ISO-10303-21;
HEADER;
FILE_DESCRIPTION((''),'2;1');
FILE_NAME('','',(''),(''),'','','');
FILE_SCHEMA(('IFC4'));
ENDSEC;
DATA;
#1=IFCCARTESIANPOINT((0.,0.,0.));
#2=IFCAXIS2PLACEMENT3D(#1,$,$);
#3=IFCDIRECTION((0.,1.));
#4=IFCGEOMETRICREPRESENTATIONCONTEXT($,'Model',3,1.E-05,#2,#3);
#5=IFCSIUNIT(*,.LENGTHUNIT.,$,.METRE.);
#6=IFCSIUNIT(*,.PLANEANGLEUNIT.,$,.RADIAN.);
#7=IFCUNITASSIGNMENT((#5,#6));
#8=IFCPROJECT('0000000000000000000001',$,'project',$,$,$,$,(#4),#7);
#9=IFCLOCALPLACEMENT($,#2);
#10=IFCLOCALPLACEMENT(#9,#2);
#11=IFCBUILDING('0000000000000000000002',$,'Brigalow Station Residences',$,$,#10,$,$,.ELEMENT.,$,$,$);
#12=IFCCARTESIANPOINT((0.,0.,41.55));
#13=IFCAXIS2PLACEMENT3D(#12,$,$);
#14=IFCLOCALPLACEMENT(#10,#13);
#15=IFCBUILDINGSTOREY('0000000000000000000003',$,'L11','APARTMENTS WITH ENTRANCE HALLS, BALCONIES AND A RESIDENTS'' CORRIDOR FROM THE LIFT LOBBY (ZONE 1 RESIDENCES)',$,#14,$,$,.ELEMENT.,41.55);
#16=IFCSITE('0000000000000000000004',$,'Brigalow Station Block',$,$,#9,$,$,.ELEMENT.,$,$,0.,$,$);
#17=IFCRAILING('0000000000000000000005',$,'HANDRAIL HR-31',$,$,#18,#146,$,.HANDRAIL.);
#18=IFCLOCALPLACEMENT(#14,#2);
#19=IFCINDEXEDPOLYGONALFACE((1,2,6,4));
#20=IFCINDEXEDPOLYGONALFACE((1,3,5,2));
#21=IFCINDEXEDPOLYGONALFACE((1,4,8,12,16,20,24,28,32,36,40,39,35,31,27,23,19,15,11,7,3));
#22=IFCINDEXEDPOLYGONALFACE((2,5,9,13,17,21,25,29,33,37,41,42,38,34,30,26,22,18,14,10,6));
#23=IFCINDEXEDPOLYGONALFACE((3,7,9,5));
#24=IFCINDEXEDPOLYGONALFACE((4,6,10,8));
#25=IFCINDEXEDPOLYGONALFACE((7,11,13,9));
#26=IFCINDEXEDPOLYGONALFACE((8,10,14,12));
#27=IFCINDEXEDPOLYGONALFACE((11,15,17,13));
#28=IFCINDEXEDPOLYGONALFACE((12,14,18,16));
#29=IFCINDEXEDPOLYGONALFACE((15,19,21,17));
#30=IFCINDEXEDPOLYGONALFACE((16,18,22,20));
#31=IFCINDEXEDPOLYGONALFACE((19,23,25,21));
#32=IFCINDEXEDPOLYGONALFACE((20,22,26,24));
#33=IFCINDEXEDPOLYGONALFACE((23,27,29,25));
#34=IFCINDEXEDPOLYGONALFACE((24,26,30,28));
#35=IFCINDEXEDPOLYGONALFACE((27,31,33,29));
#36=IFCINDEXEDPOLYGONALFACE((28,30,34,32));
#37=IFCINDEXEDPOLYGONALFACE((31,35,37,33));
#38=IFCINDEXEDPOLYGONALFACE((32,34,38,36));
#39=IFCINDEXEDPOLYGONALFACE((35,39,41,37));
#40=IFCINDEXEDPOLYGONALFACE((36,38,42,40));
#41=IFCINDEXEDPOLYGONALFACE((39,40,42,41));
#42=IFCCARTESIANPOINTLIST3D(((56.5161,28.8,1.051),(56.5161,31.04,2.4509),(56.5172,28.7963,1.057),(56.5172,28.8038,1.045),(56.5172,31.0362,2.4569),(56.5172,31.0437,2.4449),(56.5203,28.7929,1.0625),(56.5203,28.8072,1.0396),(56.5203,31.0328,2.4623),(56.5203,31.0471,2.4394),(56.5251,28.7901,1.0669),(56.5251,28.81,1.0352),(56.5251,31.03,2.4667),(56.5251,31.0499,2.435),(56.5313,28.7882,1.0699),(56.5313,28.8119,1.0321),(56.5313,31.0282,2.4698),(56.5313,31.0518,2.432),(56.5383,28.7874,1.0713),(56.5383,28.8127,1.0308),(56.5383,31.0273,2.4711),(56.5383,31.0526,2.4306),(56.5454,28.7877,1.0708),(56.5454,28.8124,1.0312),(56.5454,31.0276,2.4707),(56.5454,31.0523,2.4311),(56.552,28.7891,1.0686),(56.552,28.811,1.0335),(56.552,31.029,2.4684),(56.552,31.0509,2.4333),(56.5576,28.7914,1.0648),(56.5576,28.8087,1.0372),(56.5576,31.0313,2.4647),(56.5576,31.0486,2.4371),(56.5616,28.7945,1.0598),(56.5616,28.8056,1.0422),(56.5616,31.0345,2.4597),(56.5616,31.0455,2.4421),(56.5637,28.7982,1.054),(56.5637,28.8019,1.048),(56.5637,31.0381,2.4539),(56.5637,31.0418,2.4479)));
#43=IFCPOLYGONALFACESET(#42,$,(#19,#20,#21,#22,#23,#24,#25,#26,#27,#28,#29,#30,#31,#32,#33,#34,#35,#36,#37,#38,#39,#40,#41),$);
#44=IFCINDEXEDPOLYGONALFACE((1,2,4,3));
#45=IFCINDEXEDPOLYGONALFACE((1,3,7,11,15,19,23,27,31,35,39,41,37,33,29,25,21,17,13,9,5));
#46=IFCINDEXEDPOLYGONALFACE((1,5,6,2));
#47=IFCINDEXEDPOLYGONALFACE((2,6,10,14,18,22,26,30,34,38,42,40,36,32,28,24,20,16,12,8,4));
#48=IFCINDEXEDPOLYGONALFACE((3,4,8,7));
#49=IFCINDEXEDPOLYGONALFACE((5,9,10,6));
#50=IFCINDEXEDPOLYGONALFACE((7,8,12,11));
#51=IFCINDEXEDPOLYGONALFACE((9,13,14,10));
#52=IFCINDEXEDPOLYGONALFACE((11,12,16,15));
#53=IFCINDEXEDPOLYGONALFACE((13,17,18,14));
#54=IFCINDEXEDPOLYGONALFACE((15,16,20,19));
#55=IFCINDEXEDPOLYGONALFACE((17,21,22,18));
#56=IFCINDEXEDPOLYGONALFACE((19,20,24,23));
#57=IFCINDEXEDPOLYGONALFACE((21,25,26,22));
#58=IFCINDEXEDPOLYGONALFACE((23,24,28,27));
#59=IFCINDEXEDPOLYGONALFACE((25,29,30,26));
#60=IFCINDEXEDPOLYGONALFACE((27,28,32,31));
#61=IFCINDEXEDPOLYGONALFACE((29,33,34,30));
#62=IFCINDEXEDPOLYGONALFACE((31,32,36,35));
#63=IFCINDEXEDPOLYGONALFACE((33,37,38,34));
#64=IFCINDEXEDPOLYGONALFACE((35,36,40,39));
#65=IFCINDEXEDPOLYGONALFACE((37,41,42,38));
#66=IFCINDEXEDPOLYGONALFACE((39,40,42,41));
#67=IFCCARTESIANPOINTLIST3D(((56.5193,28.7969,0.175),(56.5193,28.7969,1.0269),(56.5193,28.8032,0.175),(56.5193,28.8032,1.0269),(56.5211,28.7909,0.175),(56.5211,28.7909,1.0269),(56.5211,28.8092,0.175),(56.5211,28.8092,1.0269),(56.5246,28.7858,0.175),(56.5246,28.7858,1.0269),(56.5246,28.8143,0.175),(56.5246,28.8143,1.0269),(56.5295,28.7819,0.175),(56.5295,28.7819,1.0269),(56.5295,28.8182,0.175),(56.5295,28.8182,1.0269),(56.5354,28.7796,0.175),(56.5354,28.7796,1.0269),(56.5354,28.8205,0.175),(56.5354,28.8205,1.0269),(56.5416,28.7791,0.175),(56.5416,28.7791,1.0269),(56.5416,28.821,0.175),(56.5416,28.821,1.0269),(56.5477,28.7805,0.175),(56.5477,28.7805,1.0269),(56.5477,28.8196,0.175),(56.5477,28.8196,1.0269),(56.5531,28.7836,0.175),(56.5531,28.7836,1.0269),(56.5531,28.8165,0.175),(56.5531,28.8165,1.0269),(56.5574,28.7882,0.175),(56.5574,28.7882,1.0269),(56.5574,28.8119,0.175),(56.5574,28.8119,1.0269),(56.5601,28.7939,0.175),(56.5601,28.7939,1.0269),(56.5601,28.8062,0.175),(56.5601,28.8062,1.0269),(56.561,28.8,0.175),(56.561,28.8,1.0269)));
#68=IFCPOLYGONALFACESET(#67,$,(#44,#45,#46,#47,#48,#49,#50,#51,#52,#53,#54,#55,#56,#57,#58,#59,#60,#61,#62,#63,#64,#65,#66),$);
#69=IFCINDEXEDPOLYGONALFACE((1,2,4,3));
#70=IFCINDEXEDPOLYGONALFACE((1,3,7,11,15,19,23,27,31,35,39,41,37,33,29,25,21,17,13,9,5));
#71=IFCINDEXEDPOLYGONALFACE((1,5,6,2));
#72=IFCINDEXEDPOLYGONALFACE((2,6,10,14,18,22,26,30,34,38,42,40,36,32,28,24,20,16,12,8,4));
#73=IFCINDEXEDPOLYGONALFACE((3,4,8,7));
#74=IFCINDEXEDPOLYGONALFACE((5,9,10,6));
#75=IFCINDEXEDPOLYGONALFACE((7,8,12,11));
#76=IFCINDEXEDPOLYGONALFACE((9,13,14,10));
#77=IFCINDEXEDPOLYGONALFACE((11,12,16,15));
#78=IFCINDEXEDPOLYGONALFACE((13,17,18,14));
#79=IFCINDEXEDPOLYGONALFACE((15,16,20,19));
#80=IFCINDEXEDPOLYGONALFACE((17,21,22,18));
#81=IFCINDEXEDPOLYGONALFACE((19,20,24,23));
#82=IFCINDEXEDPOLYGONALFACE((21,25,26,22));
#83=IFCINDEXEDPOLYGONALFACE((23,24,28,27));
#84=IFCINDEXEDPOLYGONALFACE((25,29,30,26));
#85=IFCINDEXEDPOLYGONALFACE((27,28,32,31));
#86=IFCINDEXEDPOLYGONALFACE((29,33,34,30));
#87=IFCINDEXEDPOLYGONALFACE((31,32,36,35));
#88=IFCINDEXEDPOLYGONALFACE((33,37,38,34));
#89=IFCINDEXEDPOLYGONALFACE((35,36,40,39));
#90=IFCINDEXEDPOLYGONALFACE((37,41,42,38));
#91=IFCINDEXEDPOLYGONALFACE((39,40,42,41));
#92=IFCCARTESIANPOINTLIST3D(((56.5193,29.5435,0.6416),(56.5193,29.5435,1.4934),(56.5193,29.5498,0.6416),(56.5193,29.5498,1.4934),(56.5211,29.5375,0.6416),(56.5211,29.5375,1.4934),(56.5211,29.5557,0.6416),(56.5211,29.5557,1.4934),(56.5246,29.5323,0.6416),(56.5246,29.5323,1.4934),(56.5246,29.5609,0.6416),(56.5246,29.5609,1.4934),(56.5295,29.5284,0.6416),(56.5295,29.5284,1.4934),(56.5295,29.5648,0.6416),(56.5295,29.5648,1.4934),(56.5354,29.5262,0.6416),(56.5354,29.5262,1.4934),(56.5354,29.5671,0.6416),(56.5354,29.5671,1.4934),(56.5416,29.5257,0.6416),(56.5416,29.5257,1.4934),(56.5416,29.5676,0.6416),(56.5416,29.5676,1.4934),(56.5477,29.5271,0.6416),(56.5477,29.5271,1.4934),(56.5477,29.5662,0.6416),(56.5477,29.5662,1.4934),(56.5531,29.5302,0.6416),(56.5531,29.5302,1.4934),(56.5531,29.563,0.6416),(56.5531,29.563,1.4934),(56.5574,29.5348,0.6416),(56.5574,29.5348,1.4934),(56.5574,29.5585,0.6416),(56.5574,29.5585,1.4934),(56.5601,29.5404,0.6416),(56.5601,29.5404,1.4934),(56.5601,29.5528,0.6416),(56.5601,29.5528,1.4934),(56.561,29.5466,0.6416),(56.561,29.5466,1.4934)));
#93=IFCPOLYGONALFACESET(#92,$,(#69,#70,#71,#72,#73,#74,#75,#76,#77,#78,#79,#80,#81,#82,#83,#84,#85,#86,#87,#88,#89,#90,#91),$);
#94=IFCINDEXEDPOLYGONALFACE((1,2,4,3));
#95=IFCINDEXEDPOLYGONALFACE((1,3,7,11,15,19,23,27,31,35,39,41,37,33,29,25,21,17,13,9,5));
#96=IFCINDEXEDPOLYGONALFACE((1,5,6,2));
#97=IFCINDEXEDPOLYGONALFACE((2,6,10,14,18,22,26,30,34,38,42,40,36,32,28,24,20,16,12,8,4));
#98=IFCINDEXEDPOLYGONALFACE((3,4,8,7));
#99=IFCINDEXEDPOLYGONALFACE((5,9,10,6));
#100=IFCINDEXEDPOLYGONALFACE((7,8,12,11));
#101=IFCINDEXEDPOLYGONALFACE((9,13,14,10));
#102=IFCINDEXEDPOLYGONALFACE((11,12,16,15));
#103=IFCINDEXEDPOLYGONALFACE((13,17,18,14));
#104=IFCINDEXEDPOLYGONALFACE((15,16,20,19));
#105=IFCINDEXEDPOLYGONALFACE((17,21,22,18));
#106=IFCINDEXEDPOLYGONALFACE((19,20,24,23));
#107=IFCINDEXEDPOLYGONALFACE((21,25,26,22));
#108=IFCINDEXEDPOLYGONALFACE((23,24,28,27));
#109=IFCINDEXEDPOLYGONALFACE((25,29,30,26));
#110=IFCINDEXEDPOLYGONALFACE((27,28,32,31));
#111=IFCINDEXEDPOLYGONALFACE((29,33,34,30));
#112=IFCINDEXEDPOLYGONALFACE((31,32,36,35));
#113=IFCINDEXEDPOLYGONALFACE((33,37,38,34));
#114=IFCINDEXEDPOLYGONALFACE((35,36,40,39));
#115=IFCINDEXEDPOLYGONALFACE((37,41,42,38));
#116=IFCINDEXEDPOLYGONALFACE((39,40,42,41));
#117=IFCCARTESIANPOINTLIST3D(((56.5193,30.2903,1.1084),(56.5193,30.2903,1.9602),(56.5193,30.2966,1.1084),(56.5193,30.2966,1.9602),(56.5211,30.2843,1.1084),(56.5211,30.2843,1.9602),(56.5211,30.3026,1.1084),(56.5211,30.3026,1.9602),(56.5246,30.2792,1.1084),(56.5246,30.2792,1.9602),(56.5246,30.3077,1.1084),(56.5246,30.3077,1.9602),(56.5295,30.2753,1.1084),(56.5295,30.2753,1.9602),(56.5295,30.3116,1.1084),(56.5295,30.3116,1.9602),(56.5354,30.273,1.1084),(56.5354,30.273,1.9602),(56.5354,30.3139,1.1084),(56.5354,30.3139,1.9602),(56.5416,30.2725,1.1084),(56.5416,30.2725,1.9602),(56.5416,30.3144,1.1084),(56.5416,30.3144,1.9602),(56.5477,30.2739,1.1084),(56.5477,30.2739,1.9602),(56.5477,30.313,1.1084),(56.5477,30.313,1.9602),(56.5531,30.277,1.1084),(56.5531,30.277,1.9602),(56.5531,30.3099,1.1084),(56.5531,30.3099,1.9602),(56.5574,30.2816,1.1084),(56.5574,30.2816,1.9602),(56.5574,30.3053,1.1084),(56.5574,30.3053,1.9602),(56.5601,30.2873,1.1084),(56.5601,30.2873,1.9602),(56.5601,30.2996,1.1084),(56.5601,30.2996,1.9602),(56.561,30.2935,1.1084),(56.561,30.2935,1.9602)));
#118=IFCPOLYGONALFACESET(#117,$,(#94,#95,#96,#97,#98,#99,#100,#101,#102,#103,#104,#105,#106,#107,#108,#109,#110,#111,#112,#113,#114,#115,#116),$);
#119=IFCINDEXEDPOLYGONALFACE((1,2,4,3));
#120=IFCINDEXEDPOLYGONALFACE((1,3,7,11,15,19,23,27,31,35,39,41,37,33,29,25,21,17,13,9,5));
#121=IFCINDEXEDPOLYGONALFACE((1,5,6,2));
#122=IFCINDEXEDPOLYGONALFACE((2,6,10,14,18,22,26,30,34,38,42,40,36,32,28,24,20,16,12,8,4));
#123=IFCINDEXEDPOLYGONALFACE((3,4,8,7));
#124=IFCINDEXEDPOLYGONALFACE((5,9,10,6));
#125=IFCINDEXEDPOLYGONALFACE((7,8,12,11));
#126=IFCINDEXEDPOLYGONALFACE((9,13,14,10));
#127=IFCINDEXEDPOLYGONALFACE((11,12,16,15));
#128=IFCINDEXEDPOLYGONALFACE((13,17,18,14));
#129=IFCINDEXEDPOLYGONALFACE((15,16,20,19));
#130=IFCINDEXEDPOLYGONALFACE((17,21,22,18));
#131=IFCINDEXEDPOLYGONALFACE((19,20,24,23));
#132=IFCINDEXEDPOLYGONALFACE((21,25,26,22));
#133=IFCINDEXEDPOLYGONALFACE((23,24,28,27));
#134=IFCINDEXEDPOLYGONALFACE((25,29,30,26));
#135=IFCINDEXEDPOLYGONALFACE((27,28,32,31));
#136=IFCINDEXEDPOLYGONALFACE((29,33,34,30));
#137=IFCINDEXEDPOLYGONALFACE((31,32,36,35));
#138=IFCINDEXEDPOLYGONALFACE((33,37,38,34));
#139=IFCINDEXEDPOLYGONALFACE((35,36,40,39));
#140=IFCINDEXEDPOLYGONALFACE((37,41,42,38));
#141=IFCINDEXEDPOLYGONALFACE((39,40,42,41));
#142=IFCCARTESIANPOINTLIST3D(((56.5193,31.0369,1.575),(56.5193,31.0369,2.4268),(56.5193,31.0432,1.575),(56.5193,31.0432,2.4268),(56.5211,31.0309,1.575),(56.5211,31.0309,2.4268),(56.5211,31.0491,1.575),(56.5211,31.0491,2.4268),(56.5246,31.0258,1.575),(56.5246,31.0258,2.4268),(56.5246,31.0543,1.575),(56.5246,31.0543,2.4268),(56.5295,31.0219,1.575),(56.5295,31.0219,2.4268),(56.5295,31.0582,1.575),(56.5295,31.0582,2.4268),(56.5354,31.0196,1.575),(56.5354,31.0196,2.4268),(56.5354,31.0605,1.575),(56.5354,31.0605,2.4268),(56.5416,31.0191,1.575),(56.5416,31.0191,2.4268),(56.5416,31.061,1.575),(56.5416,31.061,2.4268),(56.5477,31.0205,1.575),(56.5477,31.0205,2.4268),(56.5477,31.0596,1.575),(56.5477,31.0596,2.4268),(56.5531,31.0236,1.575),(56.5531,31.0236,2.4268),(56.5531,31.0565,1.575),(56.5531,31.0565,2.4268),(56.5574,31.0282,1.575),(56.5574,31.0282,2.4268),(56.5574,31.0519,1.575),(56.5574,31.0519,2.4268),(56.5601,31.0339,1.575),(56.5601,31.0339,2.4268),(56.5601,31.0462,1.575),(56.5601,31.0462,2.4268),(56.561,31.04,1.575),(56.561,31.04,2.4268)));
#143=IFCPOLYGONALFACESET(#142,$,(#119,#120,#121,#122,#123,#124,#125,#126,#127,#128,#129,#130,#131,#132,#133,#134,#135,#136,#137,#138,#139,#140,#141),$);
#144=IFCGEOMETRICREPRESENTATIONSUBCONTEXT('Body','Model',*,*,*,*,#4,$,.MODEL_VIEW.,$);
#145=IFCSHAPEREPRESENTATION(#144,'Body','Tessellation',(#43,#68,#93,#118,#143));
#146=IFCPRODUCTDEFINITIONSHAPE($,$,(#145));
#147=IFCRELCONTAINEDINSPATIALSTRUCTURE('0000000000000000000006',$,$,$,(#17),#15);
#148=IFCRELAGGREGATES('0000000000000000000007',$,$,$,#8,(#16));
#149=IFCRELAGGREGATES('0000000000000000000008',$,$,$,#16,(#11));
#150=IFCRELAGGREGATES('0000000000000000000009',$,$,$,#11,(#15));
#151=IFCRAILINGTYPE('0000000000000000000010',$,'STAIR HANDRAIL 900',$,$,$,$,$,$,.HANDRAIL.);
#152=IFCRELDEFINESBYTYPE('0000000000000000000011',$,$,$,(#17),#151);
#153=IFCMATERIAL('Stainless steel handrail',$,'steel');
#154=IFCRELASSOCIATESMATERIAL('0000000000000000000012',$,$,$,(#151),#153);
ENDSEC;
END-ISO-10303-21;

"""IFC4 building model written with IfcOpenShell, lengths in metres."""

from ifc_helpers import new_model, si_unit, direction, frame, origin, origin_2d, place, context, subcontext, project, spatial, circle, extrude, material, type_object, element, save


model = new_model("IFC4")

# Units and contexts
model_context = context("Model", 3, precision=1e-05, world=origin(), true_north=direction((0.0, 1.0)))
body_context = subcontext(model_context, "Body", "Model", "MODEL_VIEW")
ifc_project = project(units=[si_unit("LENGTHUNIT", "METRE"), si_unit("PLANEANGLEUNIT", "RADIAN")], contexts=[model_context])

# Site, building, storey
site_placement = place(None, origin())
site = spatial("IfcSite", under=ifc_project, at=site_placement, Name="Brigalow Station Block", CompositionType="ELEMENT", RefElevation=0.0)
building_placement = place(site_placement, origin())
building = spatial("IfcBuilding", under=site, at=building_placement, Name="Brigalow Station Residences", CompositionType="ELEMENT")
storey_placement = place(building_placement, frame((0.0, 0.0, 41.55)))
storey = spatial("IfcBuildingStorey", under=building, at=storey_placement, Name="L11", Description="APARTMENTS WITH ENTRANCE HALLS, BALCONIES AND A RESIDENTS' CORRIDOR FROM THE LIFT LOBBY (ZONE 1 RESIDENCES)", CompositionType="ELEMENT", Elevation=41.55)

# Railing
ifc_material_1 = material(Name="Stainless steel handrail", Category="steel")
railing_type = type_object("IfcRailingType", Name="STAIR HANDRAIL 900", PredefinedType="HANDRAIL", material=ifc_material_1)
railing_placement = place(storey_placement, frame((56.54, 28.8, 0.175)))
element("IfcRailing", 1, at=railing_placement, inside=storey, type_object=railing_type, Name="HANDRAIL HR-31", PredefinedType="HANDRAIL", context=body_context, shape_type="SweptSolid", body=[
    extrude(circle(Radius=0.0239, at=origin_2d()), frame((0.0, 0.0, 0.876), z_axis=(0.0, 0.848014, 0.529974), x_axis=(-1.0, 0.0, 0.0)), (0.0, 0.0, 1.0), 2.6414),
    extrude(circle(Radius=0.021, at=origin_2d()), origin(), (0.0, 0.0, 1.0), 0.8518),
    extrude(circle(Radius=0.021, at=origin_2d()), frame((0.0, 0.7466, 0.4666)), (0.0, 0.0, 1.0), 0.8518),
    extrude(circle(Radius=0.021, at=origin_2d()), frame((0.0, 1.4934, 0.9333)), (0.0, 0.0, 1.0), 0.8518),
    extrude(circle(Radius=0.021, at=origin_2d()), frame((0.0, 2.24, 1.3999)), (0.0, 0.0, 1.0), 0.8518),
])

save(model, "model.ifc")
